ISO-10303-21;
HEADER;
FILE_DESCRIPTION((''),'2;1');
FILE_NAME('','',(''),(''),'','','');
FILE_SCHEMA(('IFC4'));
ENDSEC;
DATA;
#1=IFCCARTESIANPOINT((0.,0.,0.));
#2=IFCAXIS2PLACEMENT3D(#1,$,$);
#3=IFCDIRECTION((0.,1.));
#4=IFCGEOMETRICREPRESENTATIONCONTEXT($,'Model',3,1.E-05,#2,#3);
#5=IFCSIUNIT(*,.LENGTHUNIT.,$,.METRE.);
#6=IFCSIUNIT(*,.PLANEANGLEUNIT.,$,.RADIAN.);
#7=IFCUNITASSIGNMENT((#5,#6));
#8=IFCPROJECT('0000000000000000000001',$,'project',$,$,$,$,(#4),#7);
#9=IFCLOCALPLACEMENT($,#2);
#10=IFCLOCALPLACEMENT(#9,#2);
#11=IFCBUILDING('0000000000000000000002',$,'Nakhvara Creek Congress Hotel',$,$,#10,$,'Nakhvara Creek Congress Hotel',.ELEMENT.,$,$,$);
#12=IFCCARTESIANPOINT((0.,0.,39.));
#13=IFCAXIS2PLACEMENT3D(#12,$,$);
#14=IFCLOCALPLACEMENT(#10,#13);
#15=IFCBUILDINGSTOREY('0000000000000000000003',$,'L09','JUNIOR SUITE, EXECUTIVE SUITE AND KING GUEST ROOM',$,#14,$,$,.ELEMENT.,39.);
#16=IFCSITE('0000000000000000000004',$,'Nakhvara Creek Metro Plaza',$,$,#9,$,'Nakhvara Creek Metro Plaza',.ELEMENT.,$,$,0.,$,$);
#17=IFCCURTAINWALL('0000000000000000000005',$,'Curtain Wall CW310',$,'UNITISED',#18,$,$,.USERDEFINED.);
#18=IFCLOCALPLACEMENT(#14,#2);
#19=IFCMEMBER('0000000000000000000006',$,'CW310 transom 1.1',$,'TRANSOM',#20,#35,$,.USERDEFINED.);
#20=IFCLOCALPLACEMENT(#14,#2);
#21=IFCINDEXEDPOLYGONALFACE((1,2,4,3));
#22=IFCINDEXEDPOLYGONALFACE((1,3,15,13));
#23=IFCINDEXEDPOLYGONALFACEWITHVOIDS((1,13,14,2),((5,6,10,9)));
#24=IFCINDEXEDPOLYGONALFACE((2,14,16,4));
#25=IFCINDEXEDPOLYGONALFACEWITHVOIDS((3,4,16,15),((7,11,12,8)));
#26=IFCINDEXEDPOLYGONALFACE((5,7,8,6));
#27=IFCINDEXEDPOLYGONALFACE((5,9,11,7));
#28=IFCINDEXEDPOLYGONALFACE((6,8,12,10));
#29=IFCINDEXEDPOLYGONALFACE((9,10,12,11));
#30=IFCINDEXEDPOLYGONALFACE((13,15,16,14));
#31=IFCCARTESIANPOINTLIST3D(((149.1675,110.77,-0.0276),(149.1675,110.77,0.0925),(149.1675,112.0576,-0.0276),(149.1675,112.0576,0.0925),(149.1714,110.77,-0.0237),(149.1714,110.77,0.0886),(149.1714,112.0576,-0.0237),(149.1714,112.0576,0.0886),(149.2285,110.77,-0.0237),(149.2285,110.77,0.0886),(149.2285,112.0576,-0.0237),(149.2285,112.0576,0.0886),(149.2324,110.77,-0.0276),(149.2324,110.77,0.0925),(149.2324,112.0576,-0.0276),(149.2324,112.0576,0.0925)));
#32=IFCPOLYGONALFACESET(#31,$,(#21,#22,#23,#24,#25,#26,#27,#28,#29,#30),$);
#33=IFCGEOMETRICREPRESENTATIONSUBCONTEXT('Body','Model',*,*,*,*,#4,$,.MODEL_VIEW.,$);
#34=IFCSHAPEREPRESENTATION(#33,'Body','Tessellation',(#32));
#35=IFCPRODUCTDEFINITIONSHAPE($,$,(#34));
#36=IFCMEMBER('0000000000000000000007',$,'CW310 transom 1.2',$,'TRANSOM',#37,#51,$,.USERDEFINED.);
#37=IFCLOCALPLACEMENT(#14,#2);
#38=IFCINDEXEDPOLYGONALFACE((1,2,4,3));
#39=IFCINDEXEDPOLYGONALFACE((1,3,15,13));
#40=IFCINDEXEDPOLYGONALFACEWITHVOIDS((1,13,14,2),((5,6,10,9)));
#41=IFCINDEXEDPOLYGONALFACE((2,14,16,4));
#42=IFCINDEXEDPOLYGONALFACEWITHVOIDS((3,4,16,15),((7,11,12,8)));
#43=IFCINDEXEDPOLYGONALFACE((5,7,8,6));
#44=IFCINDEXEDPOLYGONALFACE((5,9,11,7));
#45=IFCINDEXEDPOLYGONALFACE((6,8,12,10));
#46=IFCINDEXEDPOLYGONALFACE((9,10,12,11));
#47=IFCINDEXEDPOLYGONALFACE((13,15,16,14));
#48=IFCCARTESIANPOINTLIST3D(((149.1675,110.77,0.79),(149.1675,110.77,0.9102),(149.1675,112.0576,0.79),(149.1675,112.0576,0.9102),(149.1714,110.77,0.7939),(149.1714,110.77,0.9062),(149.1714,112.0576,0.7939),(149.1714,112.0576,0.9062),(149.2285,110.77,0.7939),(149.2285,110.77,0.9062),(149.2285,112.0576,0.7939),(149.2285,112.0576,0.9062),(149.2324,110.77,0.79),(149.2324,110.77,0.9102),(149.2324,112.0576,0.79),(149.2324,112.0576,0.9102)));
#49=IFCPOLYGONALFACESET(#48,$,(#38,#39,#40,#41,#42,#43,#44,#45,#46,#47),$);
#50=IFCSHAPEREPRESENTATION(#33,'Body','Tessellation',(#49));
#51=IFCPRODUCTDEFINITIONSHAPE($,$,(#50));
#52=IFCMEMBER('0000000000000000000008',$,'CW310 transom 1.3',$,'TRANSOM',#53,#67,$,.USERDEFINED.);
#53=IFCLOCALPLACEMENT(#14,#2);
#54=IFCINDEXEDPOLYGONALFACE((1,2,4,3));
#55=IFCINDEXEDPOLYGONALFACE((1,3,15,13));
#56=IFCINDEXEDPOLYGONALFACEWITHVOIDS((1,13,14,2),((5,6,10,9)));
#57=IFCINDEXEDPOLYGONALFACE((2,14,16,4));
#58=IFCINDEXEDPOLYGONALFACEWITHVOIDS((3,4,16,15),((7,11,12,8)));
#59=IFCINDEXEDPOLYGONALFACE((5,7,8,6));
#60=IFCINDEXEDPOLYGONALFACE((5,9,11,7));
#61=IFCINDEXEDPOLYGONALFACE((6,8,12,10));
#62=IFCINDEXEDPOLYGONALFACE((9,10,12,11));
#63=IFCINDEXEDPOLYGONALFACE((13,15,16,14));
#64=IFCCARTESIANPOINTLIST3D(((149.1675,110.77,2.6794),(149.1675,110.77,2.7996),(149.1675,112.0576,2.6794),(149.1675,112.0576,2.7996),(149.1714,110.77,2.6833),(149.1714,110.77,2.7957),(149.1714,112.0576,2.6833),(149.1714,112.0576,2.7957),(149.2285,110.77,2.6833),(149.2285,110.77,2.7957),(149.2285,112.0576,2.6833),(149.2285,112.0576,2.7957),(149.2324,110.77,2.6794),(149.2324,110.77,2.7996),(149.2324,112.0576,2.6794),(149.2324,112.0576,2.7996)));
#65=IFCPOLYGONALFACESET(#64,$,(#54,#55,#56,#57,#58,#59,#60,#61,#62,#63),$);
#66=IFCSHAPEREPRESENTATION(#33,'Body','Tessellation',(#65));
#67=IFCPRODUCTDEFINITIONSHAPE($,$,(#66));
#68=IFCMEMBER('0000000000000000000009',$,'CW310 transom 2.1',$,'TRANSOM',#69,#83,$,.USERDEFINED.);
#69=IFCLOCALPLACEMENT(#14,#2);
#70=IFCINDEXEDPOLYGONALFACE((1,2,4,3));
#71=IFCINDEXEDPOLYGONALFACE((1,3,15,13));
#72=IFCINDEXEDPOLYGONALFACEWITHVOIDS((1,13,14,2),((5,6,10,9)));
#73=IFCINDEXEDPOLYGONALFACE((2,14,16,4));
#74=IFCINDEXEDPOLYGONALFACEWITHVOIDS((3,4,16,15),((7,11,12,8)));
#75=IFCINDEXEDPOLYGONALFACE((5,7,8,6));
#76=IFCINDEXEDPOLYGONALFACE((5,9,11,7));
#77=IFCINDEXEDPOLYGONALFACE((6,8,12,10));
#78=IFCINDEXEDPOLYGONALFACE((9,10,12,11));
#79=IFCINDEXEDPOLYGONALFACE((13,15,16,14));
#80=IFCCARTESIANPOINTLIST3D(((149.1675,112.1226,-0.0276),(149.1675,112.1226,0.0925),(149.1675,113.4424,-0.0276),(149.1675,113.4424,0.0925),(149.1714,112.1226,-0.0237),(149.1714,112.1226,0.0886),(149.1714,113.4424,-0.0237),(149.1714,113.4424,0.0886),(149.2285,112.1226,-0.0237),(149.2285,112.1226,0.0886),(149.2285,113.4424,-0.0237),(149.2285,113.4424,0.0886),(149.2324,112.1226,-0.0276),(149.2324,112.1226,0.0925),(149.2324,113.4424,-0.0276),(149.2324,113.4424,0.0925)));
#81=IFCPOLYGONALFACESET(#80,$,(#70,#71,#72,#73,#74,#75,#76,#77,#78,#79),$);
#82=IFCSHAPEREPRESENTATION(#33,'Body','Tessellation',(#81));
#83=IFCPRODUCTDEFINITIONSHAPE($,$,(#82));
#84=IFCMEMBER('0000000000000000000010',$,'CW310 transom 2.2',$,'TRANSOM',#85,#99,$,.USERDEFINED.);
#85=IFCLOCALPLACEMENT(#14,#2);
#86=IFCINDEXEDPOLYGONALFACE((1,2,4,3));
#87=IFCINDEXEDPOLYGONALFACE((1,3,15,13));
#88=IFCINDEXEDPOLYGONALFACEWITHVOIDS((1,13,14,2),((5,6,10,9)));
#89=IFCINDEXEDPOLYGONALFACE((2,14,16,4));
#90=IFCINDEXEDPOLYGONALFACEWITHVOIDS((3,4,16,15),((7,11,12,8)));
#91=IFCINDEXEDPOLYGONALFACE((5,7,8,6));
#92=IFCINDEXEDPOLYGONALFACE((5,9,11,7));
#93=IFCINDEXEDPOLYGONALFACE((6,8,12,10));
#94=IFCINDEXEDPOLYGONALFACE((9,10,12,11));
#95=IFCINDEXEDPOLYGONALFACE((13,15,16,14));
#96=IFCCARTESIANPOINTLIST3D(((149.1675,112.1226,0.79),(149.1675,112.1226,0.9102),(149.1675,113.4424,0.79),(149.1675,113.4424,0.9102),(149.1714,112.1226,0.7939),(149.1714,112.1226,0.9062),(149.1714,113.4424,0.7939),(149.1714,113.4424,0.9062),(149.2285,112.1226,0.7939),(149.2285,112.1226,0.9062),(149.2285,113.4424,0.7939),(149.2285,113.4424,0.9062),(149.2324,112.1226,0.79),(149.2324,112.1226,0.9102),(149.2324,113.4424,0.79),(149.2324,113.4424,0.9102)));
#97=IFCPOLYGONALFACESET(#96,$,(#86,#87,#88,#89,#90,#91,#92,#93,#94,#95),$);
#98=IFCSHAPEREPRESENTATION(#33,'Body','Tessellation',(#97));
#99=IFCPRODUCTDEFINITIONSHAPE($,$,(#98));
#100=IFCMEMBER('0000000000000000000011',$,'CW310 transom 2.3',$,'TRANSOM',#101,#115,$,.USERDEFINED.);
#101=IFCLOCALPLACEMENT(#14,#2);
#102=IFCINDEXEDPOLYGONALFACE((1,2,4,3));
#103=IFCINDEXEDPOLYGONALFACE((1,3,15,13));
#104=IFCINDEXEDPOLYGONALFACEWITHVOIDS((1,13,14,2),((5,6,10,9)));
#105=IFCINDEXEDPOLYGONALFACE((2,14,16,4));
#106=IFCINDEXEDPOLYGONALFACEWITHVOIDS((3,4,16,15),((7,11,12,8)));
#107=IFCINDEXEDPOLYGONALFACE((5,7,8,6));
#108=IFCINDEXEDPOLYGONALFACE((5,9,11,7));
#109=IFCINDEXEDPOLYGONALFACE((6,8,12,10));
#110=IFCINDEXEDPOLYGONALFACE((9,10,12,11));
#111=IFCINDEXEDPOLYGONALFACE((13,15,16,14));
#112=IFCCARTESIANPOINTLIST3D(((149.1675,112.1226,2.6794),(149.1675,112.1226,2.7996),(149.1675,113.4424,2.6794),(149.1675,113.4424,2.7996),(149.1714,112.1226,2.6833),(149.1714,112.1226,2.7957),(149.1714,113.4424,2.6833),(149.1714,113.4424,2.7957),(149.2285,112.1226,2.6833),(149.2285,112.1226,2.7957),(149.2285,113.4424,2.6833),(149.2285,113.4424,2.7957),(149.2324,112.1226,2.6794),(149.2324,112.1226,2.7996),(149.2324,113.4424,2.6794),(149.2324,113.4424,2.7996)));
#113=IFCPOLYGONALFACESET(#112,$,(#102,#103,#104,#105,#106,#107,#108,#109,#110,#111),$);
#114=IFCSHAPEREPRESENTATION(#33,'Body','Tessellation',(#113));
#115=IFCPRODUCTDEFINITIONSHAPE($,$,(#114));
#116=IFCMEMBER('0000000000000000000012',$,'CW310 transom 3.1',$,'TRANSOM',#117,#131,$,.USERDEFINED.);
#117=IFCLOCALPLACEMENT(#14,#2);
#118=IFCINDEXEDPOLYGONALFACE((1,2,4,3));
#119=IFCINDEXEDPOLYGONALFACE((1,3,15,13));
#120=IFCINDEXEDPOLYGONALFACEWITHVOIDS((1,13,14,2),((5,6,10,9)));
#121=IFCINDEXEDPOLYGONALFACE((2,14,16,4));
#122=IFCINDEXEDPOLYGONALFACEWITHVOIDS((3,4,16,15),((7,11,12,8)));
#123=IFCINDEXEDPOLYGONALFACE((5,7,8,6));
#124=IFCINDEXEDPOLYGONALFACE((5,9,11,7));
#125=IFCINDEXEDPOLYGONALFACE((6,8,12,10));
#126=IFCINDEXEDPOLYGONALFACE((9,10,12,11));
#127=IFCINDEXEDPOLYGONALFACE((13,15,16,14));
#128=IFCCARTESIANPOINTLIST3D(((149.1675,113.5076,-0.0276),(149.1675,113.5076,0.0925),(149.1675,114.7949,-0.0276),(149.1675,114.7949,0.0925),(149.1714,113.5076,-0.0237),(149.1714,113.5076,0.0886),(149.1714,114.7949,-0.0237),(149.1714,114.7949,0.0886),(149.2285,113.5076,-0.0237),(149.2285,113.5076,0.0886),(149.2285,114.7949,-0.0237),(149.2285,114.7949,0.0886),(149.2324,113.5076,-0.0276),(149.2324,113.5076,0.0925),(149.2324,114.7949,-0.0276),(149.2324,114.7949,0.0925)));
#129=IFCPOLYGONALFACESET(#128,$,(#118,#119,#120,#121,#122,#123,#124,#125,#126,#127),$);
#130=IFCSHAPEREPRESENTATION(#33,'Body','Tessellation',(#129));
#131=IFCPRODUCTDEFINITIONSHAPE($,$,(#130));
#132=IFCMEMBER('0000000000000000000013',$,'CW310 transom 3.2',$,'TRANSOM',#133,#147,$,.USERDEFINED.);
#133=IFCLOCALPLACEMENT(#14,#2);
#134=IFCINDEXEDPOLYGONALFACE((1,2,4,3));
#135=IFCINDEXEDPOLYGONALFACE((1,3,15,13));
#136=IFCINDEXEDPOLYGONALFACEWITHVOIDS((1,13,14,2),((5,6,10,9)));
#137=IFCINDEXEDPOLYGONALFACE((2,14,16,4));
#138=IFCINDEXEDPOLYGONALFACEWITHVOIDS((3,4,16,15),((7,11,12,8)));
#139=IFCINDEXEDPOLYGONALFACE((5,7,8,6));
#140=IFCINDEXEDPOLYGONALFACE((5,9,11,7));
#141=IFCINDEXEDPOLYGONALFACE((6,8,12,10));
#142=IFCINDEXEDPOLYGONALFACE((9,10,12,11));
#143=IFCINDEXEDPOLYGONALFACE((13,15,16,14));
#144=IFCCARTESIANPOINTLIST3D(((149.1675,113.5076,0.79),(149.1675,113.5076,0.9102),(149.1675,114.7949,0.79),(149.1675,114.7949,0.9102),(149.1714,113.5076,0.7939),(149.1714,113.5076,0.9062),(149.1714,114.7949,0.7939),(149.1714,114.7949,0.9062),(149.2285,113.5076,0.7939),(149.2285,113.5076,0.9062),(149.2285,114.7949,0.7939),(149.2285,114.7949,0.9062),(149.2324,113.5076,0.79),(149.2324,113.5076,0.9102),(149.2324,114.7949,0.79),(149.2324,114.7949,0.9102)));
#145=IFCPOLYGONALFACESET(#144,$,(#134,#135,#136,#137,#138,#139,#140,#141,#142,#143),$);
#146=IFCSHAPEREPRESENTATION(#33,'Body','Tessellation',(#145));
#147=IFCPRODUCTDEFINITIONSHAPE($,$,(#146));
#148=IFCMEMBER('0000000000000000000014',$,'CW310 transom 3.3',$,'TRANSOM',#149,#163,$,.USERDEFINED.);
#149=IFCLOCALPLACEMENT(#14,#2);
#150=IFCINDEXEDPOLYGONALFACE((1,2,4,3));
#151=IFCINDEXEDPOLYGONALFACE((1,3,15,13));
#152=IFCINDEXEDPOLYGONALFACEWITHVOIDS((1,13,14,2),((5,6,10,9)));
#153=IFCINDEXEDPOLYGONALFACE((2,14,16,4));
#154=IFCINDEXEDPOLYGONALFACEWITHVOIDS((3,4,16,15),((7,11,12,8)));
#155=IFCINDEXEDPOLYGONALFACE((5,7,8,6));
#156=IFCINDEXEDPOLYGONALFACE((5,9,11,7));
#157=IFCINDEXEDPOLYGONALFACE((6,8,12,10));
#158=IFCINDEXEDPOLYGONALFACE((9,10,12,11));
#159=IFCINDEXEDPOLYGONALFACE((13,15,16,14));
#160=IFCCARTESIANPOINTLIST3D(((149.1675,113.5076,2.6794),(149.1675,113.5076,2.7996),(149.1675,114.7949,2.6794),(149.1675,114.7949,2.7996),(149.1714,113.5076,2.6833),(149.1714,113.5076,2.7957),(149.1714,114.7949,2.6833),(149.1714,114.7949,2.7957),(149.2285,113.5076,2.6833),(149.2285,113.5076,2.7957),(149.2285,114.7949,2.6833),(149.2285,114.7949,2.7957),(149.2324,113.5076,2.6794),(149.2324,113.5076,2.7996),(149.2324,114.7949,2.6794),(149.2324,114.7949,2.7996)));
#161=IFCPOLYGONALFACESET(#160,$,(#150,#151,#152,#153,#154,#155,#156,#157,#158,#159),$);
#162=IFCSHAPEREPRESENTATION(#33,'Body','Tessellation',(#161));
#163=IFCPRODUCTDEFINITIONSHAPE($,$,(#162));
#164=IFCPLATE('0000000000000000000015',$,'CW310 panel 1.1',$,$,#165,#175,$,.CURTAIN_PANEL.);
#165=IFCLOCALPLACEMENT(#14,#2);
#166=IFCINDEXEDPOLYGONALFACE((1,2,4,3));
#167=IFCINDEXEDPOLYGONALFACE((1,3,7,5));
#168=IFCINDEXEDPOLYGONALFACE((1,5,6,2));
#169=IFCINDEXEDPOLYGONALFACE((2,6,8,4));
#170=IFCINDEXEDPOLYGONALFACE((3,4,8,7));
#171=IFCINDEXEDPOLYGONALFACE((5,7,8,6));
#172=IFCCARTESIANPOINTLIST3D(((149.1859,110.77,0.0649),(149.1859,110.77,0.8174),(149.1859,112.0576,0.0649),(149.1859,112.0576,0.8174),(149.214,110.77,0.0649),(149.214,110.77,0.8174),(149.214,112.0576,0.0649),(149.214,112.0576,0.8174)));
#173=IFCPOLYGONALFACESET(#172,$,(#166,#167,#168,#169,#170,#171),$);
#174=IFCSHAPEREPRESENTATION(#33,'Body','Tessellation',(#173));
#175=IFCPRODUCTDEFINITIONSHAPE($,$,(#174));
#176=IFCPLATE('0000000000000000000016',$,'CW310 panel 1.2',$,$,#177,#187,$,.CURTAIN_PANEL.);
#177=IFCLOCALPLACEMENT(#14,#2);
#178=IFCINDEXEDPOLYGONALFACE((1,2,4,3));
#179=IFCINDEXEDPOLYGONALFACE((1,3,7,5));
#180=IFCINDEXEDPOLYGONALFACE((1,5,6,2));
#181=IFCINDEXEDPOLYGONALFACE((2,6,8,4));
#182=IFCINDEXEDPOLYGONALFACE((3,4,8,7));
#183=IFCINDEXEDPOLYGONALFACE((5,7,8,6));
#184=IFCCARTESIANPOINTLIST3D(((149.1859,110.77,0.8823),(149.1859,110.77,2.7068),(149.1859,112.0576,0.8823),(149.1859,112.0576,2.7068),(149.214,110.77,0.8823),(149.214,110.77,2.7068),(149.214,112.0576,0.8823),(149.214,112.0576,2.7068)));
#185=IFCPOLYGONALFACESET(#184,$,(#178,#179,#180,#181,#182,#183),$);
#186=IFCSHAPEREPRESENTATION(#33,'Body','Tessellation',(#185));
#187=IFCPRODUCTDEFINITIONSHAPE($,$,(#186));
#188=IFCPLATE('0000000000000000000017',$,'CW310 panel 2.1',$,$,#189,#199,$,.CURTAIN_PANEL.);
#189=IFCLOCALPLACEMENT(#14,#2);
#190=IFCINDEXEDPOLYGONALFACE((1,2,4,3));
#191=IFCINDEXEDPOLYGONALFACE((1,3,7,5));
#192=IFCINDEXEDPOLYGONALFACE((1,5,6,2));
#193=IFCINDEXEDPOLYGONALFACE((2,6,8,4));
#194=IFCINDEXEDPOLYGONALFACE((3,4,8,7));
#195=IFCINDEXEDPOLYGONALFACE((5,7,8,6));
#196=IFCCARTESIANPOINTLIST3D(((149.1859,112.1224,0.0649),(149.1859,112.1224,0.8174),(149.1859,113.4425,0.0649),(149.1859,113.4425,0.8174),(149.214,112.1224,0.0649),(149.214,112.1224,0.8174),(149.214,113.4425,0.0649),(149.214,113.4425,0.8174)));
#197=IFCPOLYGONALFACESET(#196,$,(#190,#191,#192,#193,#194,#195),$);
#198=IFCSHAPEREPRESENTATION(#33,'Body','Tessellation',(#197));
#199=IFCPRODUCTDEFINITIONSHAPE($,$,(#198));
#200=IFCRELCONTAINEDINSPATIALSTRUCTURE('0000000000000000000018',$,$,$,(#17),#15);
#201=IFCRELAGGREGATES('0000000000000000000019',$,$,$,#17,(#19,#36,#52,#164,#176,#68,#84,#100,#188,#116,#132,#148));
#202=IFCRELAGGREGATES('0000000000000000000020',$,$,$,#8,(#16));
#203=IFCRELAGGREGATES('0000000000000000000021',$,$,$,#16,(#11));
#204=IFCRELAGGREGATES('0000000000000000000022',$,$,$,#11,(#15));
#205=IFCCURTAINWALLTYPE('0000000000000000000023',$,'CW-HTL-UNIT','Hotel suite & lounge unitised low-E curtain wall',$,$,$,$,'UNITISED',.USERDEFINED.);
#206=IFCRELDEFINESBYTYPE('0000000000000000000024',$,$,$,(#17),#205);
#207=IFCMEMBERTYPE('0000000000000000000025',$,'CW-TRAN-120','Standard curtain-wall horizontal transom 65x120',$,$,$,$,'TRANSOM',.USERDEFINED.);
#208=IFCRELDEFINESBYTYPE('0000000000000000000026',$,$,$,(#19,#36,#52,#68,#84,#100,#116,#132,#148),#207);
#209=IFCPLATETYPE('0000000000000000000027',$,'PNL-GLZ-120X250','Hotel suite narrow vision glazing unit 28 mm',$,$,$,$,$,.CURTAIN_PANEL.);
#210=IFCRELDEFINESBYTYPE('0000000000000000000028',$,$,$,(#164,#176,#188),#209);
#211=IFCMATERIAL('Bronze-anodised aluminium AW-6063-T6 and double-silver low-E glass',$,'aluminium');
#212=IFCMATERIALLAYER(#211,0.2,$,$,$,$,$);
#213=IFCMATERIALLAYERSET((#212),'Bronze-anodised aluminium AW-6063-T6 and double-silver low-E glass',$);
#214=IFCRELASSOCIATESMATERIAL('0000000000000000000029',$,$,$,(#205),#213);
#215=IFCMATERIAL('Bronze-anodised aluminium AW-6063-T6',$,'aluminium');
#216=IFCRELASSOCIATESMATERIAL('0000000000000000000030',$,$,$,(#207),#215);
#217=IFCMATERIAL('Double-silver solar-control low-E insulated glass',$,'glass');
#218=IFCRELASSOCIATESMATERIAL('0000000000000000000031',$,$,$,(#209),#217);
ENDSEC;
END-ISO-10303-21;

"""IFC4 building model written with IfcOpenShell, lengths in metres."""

from ifc_helpers import new_model, si_unit, direction, frame, origin, origin_2d, place, context, subcontext, project, spatial, rectangle, hollow_rectangle, extrude, material, layer, layer_set, material_profile, profile_set, type_object, element, aggregate, save


model = new_model("IFC4")

# Units and contexts
model_context = context("Model", 3, precision=1e-05, world=origin(), true_north=direction((0.0, 1.0)))
body_context = subcontext(model_context, "Body", "Model", "MODEL_VIEW")
ifc_project = project(units=[si_unit("LENGTHUNIT", "METRE"), si_unit("PLANEANGLEUNIT", "RADIAN")], contexts=[model_context])

# Site, building, storey
site_placement = place(None, origin())
site = spatial("IfcSite", under=ifc_project, at=site_placement, Name="Nakhvara Creek Metro Plaza", LongName="Nakhvara Creek Metro Plaza", CompositionType="ELEMENT", RefElevation=0.0)
building_placement = place(site_placement, origin())
building = spatial("IfcBuilding", under=site, at=building_placement, Name="Nakhvara Creek Congress Hotel", LongName="Nakhvara Creek Congress Hotel", CompositionType="ELEMENT")
storey_placement = place(building_placement, frame((0.0, 0.0, 39.0)))
storey = spatial("IfcBuildingStorey", under=building, at=storey_placement, Name="L09", Description="JUNIOR SUITE, EXECUTIVE SUITE AND KING GUEST ROOM", CompositionType="ELEMENT", Elevation=39.0)

# Curtain wall, members, plates
ifc_material_1 = material(Name="Bronze-anodised aluminium AW-6063-T6 and double-silver low-E glass", Category="aluminium")
ifc_layer_1 = layer(ifc_material_1, 0.2)
ifc_layer_set_1 = layer_set([ifc_layer_1], Name="Bronze-anodised aluminium AW-6063-T6 and double-silver low-E glass")
curtain_wall_type = type_object("IfcCurtainWallType", Name="CW-HTL-UNIT", Description="Hotel suite & lounge unitised low-E curtain wall", ElementType="UNITISED", PredefinedType="USERDEFINED", material=ifc_layer_set_1)
curtain_wall_placement = place(storey_placement, origin())
curtain_wall = element("IfcCurtainWall", 1, at=curtain_wall_placement, inside=storey, type_object=curtain_wall_type, Name="Curtain Wall CW310", ObjectType="UNITISED", PredefinedType="USERDEFINED")
ifc_material_2 = material(Name="Bronze-anodised aluminium AW-6063-T6", Category="aluminium")
ifc_material_profile_1 = material_profile(ifc_material_2, hollow_rectangle(XDim=0.0649, YDim=0.1201, WallThickness=0.0039, at=origin_2d()), Name="ALU-TRAN 65x120x4", Category="LoadBearing")
ifc_profile_set_1 = profile_set([ifc_material_profile_1], Name="Bronze-anodised aluminium AW-6063-T6")
member_type_1 = type_object("IfcMemberType", Name="CW-TRAN-120", Description="Standard curtain-wall horizontal transom 65x120", ElementType="TRANSOM", PredefinedType="USERDEFINED", material=ifc_profile_set_1)
member_1_placement = place(storey_placement, frame((149.2, 110.77, 0.0325), z_axis=(0.0, 1.0, 0.0), x_axis=(-1.0, 0.0, 0.0)))
member_1 = element("IfcMember", 2, at=member_1_placement, type_object=member_type_1, Name="CW310 transom 1.1", ObjectType="TRANSOM", PredefinedType="USERDEFINED", context=body_context, shape_type="SweptSolid", body=[
    extrude(hollow_rectangle(XDim=0.0649, YDim=0.1201, WallThickness=0.0039, at=origin_2d()), origin(), (0.0, 0.0, 1.0), 1.2876),
])
member_2_placement = place(storey_placement, frame((149.2, 110.77, 0.8501), z_axis=(0.0, 1.0, 0.0), x_axis=(-1.0, 0.0, 0.0)))
member_2 = element("IfcMember", 3, at=member_2_placement, type_object=member_type_1, Name="CW310 transom 1.2", ObjectType="TRANSOM", PredefinedType="USERDEFINED", context=body_context, shape_type="SweptSolid", body=[
    extrude(hollow_rectangle(XDim=0.0649, YDim=0.1201, WallThickness=0.0039, at=origin_2d()), origin(), (0.0, 0.0, 1.0), 1.2876),
])
member_3_placement = place(storey_placement, frame((149.2, 110.77, 2.7395), z_axis=(0.0, 1.0, 0.0), x_axis=(-1.0, 0.0, 0.0)))
member_3 = element("IfcMember", 4, at=member_3_placement, type_object=member_type_1, Name="CW310 transom 1.3", ObjectType="TRANSOM", PredefinedType="USERDEFINED", context=body_context, shape_type="SweptSolid", body=[
    extrude(hollow_rectangle(XDim=0.0649, YDim=0.1201, WallThickness=0.0039, at=origin_2d()), origin(), (0.0, 0.0, 1.0), 1.2876),
])
member_4_placement = place(storey_placement, frame((149.2, 112.1226, 0.0325), z_axis=(0.0, 1.0, 0.0), x_axis=(-1.0, 0.0, 0.0)))
member_4 = element("IfcMember", 5, at=member_4_placement, type_object=member_type_1, Name="CW310 transom 2.1", ObjectType="TRANSOM", PredefinedType="USERDEFINED", context=body_context, shape_type="SweptSolid", body=[
    extrude(hollow_rectangle(XDim=0.0649, YDim=0.1201, WallThickness=0.0039, at=origin_2d()), origin(), (0.0, 0.0, 1.0), 1.3198),
])
member_5_placement = place(storey_placement, frame((149.2, 112.1226, 0.8501), z_axis=(0.0, 1.0, 0.0), x_axis=(-1.0, 0.0, 0.0)))
member_5 = element("IfcMember", 6, at=member_5_placement, type_object=member_type_1, Name="CW310 transom 2.2", ObjectType="TRANSOM", PredefinedType="USERDEFINED", context=body_context, shape_type="SweptSolid", body=[
    extrude(hollow_rectangle(XDim=0.0649, YDim=0.1201, WallThickness=0.0039, at=origin_2d()), origin(), (0.0, 0.0, 1.0), 1.3198),
])
member_6_placement = place(storey_placement, frame((149.2, 112.1226, 2.7395), z_axis=(0.0, 1.0, 0.0), x_axis=(-1.0, 0.0, 0.0)))
member_6 = element("IfcMember", 7, at=member_6_placement, type_object=member_type_1, Name="CW310 transom 2.3", ObjectType="TRANSOM", PredefinedType="USERDEFINED", context=body_context, shape_type="SweptSolid", body=[
    extrude(hollow_rectangle(XDim=0.0649, YDim=0.1201, WallThickness=0.0039, at=origin_2d()), origin(), (0.0, 0.0, 1.0), 1.3198),
])
member_7_placement = place(storey_placement, frame((149.2, 113.5076, 0.0325), z_axis=(0.0, 1.0, 0.0), x_axis=(-1.0, 0.0, 0.0)))
member_7 = element("IfcMember", 8, at=member_7_placement, type_object=member_type_1, Name="CW310 transom 3.1", ObjectType="TRANSOM", PredefinedType="USERDEFINED", context=body_context, shape_type="SweptSolid", body=[
    extrude(hollow_rectangle(XDim=0.0649, YDim=0.1201, WallThickness=0.0039, at=origin_2d()), origin(), (0.0, 0.0, 1.0), 1.2874),
])
member_8_placement = place(storey_placement, frame((149.2, 113.5076, 0.8501), z_axis=(0.0, 1.0, 0.0), x_axis=(-1.0, 0.0, 0.0)))
member_8 = element("IfcMember", 9, at=member_8_placement, type_object=member_type_1, Name="CW310 transom 3.2", ObjectType="TRANSOM", PredefinedType="USERDEFINED", context=body_context, shape_type="SweptSolid", body=[
    extrude(hollow_rectangle(XDim=0.0649, YDim=0.1201, WallThickness=0.0039, at=origin_2d()), origin(), (0.0, 0.0, 1.0), 1.2874),
])
member_9_placement = place(storey_placement, frame((149.2, 113.5076, 2.7395), z_axis=(0.0, 1.0, 0.0), x_axis=(-1.0, 0.0, 0.0)))
member_9 = element("IfcMember", 10, at=member_9_placement, type_object=member_type_1, Name="CW310 transom 3.3", ObjectType="TRANSOM", PredefinedType="USERDEFINED", context=body_context, shape_type="SweptSolid", body=[
    extrude(hollow_rectangle(XDim=0.0649, YDim=0.1201, WallThickness=0.0039, at=origin_2d()), origin(), (0.0, 0.0, 1.0), 1.2874),
])
ifc_material_3 = material(Name="Double-silver solar-control low-E insulated glass", Category="glass")
plate_type = type_object("IfcPlateType", Name="PNL-GLZ-120X250", Description="Hotel suite narrow vision glazing unit 28 mm", PredefinedType="CURTAIN_PANEL", material=ifc_material_3)
plate_1_placement = place(storey_placement, frame((149.2, 111.4138, 0.0649), z_axis=(0.0, 0.0, 1.0), x_axis=(0.0, 1.0, 0.0)))
plate_1 = element("IfcPlate", 11, at=plate_1_placement, type_object=plate_type, Name="CW310 panel 1.1", PredefinedType="CURTAIN_PANEL", context=body_context, shape_type="SweptSolid", body=[
    extrude(rectangle(XDim=1.2876, YDim=0.0281, at=origin_2d()), origin(), (0.0, 0.0, 1.0), 0.7524),
])
plate_2_placement = place(storey_placement, frame((149.2, 111.4138, 0.8823), z_axis=(0.0, 0.0, 1.0), x_axis=(0.0, 1.0, 0.0)))
plate_2 = element("IfcPlate", 12, at=plate_2_placement, type_object=plate_type, Name="CW310 panel 1.2", PredefinedType="CURTAIN_PANEL", context=body_context, shape_type="SweptSolid", body=[
    extrude(rectangle(XDim=1.2876, YDim=0.0281, at=origin_2d()), origin(), (0.0, 0.0, 1.0), 1.8245),
])
plate_3_placement = place(storey_placement, frame((149.2, 112.7825, 0.0649), z_axis=(0.0, 0.0, 1.0), x_axis=(0.0, 1.0, 0.0)))
plate_3 = element("IfcPlate", 13, at=plate_3_placement, type_object=plate_type, Name="CW310 panel 2.1", PredefinedType="CURTAIN_PANEL", context=body_context, shape_type="SweptSolid", body=[
    extrude(rectangle(XDim=1.3201, YDim=0.0281, at=origin_2d()), origin(), (0.0, 0.0, 1.0), 0.7524),
])
aggregate(curtain_wall, [member_1, member_2, member_3, plate_1, plate_2, member_4, member_5, member_6, plate_3, member_7, member_8, member_9])

save(model, "model.ifc")
